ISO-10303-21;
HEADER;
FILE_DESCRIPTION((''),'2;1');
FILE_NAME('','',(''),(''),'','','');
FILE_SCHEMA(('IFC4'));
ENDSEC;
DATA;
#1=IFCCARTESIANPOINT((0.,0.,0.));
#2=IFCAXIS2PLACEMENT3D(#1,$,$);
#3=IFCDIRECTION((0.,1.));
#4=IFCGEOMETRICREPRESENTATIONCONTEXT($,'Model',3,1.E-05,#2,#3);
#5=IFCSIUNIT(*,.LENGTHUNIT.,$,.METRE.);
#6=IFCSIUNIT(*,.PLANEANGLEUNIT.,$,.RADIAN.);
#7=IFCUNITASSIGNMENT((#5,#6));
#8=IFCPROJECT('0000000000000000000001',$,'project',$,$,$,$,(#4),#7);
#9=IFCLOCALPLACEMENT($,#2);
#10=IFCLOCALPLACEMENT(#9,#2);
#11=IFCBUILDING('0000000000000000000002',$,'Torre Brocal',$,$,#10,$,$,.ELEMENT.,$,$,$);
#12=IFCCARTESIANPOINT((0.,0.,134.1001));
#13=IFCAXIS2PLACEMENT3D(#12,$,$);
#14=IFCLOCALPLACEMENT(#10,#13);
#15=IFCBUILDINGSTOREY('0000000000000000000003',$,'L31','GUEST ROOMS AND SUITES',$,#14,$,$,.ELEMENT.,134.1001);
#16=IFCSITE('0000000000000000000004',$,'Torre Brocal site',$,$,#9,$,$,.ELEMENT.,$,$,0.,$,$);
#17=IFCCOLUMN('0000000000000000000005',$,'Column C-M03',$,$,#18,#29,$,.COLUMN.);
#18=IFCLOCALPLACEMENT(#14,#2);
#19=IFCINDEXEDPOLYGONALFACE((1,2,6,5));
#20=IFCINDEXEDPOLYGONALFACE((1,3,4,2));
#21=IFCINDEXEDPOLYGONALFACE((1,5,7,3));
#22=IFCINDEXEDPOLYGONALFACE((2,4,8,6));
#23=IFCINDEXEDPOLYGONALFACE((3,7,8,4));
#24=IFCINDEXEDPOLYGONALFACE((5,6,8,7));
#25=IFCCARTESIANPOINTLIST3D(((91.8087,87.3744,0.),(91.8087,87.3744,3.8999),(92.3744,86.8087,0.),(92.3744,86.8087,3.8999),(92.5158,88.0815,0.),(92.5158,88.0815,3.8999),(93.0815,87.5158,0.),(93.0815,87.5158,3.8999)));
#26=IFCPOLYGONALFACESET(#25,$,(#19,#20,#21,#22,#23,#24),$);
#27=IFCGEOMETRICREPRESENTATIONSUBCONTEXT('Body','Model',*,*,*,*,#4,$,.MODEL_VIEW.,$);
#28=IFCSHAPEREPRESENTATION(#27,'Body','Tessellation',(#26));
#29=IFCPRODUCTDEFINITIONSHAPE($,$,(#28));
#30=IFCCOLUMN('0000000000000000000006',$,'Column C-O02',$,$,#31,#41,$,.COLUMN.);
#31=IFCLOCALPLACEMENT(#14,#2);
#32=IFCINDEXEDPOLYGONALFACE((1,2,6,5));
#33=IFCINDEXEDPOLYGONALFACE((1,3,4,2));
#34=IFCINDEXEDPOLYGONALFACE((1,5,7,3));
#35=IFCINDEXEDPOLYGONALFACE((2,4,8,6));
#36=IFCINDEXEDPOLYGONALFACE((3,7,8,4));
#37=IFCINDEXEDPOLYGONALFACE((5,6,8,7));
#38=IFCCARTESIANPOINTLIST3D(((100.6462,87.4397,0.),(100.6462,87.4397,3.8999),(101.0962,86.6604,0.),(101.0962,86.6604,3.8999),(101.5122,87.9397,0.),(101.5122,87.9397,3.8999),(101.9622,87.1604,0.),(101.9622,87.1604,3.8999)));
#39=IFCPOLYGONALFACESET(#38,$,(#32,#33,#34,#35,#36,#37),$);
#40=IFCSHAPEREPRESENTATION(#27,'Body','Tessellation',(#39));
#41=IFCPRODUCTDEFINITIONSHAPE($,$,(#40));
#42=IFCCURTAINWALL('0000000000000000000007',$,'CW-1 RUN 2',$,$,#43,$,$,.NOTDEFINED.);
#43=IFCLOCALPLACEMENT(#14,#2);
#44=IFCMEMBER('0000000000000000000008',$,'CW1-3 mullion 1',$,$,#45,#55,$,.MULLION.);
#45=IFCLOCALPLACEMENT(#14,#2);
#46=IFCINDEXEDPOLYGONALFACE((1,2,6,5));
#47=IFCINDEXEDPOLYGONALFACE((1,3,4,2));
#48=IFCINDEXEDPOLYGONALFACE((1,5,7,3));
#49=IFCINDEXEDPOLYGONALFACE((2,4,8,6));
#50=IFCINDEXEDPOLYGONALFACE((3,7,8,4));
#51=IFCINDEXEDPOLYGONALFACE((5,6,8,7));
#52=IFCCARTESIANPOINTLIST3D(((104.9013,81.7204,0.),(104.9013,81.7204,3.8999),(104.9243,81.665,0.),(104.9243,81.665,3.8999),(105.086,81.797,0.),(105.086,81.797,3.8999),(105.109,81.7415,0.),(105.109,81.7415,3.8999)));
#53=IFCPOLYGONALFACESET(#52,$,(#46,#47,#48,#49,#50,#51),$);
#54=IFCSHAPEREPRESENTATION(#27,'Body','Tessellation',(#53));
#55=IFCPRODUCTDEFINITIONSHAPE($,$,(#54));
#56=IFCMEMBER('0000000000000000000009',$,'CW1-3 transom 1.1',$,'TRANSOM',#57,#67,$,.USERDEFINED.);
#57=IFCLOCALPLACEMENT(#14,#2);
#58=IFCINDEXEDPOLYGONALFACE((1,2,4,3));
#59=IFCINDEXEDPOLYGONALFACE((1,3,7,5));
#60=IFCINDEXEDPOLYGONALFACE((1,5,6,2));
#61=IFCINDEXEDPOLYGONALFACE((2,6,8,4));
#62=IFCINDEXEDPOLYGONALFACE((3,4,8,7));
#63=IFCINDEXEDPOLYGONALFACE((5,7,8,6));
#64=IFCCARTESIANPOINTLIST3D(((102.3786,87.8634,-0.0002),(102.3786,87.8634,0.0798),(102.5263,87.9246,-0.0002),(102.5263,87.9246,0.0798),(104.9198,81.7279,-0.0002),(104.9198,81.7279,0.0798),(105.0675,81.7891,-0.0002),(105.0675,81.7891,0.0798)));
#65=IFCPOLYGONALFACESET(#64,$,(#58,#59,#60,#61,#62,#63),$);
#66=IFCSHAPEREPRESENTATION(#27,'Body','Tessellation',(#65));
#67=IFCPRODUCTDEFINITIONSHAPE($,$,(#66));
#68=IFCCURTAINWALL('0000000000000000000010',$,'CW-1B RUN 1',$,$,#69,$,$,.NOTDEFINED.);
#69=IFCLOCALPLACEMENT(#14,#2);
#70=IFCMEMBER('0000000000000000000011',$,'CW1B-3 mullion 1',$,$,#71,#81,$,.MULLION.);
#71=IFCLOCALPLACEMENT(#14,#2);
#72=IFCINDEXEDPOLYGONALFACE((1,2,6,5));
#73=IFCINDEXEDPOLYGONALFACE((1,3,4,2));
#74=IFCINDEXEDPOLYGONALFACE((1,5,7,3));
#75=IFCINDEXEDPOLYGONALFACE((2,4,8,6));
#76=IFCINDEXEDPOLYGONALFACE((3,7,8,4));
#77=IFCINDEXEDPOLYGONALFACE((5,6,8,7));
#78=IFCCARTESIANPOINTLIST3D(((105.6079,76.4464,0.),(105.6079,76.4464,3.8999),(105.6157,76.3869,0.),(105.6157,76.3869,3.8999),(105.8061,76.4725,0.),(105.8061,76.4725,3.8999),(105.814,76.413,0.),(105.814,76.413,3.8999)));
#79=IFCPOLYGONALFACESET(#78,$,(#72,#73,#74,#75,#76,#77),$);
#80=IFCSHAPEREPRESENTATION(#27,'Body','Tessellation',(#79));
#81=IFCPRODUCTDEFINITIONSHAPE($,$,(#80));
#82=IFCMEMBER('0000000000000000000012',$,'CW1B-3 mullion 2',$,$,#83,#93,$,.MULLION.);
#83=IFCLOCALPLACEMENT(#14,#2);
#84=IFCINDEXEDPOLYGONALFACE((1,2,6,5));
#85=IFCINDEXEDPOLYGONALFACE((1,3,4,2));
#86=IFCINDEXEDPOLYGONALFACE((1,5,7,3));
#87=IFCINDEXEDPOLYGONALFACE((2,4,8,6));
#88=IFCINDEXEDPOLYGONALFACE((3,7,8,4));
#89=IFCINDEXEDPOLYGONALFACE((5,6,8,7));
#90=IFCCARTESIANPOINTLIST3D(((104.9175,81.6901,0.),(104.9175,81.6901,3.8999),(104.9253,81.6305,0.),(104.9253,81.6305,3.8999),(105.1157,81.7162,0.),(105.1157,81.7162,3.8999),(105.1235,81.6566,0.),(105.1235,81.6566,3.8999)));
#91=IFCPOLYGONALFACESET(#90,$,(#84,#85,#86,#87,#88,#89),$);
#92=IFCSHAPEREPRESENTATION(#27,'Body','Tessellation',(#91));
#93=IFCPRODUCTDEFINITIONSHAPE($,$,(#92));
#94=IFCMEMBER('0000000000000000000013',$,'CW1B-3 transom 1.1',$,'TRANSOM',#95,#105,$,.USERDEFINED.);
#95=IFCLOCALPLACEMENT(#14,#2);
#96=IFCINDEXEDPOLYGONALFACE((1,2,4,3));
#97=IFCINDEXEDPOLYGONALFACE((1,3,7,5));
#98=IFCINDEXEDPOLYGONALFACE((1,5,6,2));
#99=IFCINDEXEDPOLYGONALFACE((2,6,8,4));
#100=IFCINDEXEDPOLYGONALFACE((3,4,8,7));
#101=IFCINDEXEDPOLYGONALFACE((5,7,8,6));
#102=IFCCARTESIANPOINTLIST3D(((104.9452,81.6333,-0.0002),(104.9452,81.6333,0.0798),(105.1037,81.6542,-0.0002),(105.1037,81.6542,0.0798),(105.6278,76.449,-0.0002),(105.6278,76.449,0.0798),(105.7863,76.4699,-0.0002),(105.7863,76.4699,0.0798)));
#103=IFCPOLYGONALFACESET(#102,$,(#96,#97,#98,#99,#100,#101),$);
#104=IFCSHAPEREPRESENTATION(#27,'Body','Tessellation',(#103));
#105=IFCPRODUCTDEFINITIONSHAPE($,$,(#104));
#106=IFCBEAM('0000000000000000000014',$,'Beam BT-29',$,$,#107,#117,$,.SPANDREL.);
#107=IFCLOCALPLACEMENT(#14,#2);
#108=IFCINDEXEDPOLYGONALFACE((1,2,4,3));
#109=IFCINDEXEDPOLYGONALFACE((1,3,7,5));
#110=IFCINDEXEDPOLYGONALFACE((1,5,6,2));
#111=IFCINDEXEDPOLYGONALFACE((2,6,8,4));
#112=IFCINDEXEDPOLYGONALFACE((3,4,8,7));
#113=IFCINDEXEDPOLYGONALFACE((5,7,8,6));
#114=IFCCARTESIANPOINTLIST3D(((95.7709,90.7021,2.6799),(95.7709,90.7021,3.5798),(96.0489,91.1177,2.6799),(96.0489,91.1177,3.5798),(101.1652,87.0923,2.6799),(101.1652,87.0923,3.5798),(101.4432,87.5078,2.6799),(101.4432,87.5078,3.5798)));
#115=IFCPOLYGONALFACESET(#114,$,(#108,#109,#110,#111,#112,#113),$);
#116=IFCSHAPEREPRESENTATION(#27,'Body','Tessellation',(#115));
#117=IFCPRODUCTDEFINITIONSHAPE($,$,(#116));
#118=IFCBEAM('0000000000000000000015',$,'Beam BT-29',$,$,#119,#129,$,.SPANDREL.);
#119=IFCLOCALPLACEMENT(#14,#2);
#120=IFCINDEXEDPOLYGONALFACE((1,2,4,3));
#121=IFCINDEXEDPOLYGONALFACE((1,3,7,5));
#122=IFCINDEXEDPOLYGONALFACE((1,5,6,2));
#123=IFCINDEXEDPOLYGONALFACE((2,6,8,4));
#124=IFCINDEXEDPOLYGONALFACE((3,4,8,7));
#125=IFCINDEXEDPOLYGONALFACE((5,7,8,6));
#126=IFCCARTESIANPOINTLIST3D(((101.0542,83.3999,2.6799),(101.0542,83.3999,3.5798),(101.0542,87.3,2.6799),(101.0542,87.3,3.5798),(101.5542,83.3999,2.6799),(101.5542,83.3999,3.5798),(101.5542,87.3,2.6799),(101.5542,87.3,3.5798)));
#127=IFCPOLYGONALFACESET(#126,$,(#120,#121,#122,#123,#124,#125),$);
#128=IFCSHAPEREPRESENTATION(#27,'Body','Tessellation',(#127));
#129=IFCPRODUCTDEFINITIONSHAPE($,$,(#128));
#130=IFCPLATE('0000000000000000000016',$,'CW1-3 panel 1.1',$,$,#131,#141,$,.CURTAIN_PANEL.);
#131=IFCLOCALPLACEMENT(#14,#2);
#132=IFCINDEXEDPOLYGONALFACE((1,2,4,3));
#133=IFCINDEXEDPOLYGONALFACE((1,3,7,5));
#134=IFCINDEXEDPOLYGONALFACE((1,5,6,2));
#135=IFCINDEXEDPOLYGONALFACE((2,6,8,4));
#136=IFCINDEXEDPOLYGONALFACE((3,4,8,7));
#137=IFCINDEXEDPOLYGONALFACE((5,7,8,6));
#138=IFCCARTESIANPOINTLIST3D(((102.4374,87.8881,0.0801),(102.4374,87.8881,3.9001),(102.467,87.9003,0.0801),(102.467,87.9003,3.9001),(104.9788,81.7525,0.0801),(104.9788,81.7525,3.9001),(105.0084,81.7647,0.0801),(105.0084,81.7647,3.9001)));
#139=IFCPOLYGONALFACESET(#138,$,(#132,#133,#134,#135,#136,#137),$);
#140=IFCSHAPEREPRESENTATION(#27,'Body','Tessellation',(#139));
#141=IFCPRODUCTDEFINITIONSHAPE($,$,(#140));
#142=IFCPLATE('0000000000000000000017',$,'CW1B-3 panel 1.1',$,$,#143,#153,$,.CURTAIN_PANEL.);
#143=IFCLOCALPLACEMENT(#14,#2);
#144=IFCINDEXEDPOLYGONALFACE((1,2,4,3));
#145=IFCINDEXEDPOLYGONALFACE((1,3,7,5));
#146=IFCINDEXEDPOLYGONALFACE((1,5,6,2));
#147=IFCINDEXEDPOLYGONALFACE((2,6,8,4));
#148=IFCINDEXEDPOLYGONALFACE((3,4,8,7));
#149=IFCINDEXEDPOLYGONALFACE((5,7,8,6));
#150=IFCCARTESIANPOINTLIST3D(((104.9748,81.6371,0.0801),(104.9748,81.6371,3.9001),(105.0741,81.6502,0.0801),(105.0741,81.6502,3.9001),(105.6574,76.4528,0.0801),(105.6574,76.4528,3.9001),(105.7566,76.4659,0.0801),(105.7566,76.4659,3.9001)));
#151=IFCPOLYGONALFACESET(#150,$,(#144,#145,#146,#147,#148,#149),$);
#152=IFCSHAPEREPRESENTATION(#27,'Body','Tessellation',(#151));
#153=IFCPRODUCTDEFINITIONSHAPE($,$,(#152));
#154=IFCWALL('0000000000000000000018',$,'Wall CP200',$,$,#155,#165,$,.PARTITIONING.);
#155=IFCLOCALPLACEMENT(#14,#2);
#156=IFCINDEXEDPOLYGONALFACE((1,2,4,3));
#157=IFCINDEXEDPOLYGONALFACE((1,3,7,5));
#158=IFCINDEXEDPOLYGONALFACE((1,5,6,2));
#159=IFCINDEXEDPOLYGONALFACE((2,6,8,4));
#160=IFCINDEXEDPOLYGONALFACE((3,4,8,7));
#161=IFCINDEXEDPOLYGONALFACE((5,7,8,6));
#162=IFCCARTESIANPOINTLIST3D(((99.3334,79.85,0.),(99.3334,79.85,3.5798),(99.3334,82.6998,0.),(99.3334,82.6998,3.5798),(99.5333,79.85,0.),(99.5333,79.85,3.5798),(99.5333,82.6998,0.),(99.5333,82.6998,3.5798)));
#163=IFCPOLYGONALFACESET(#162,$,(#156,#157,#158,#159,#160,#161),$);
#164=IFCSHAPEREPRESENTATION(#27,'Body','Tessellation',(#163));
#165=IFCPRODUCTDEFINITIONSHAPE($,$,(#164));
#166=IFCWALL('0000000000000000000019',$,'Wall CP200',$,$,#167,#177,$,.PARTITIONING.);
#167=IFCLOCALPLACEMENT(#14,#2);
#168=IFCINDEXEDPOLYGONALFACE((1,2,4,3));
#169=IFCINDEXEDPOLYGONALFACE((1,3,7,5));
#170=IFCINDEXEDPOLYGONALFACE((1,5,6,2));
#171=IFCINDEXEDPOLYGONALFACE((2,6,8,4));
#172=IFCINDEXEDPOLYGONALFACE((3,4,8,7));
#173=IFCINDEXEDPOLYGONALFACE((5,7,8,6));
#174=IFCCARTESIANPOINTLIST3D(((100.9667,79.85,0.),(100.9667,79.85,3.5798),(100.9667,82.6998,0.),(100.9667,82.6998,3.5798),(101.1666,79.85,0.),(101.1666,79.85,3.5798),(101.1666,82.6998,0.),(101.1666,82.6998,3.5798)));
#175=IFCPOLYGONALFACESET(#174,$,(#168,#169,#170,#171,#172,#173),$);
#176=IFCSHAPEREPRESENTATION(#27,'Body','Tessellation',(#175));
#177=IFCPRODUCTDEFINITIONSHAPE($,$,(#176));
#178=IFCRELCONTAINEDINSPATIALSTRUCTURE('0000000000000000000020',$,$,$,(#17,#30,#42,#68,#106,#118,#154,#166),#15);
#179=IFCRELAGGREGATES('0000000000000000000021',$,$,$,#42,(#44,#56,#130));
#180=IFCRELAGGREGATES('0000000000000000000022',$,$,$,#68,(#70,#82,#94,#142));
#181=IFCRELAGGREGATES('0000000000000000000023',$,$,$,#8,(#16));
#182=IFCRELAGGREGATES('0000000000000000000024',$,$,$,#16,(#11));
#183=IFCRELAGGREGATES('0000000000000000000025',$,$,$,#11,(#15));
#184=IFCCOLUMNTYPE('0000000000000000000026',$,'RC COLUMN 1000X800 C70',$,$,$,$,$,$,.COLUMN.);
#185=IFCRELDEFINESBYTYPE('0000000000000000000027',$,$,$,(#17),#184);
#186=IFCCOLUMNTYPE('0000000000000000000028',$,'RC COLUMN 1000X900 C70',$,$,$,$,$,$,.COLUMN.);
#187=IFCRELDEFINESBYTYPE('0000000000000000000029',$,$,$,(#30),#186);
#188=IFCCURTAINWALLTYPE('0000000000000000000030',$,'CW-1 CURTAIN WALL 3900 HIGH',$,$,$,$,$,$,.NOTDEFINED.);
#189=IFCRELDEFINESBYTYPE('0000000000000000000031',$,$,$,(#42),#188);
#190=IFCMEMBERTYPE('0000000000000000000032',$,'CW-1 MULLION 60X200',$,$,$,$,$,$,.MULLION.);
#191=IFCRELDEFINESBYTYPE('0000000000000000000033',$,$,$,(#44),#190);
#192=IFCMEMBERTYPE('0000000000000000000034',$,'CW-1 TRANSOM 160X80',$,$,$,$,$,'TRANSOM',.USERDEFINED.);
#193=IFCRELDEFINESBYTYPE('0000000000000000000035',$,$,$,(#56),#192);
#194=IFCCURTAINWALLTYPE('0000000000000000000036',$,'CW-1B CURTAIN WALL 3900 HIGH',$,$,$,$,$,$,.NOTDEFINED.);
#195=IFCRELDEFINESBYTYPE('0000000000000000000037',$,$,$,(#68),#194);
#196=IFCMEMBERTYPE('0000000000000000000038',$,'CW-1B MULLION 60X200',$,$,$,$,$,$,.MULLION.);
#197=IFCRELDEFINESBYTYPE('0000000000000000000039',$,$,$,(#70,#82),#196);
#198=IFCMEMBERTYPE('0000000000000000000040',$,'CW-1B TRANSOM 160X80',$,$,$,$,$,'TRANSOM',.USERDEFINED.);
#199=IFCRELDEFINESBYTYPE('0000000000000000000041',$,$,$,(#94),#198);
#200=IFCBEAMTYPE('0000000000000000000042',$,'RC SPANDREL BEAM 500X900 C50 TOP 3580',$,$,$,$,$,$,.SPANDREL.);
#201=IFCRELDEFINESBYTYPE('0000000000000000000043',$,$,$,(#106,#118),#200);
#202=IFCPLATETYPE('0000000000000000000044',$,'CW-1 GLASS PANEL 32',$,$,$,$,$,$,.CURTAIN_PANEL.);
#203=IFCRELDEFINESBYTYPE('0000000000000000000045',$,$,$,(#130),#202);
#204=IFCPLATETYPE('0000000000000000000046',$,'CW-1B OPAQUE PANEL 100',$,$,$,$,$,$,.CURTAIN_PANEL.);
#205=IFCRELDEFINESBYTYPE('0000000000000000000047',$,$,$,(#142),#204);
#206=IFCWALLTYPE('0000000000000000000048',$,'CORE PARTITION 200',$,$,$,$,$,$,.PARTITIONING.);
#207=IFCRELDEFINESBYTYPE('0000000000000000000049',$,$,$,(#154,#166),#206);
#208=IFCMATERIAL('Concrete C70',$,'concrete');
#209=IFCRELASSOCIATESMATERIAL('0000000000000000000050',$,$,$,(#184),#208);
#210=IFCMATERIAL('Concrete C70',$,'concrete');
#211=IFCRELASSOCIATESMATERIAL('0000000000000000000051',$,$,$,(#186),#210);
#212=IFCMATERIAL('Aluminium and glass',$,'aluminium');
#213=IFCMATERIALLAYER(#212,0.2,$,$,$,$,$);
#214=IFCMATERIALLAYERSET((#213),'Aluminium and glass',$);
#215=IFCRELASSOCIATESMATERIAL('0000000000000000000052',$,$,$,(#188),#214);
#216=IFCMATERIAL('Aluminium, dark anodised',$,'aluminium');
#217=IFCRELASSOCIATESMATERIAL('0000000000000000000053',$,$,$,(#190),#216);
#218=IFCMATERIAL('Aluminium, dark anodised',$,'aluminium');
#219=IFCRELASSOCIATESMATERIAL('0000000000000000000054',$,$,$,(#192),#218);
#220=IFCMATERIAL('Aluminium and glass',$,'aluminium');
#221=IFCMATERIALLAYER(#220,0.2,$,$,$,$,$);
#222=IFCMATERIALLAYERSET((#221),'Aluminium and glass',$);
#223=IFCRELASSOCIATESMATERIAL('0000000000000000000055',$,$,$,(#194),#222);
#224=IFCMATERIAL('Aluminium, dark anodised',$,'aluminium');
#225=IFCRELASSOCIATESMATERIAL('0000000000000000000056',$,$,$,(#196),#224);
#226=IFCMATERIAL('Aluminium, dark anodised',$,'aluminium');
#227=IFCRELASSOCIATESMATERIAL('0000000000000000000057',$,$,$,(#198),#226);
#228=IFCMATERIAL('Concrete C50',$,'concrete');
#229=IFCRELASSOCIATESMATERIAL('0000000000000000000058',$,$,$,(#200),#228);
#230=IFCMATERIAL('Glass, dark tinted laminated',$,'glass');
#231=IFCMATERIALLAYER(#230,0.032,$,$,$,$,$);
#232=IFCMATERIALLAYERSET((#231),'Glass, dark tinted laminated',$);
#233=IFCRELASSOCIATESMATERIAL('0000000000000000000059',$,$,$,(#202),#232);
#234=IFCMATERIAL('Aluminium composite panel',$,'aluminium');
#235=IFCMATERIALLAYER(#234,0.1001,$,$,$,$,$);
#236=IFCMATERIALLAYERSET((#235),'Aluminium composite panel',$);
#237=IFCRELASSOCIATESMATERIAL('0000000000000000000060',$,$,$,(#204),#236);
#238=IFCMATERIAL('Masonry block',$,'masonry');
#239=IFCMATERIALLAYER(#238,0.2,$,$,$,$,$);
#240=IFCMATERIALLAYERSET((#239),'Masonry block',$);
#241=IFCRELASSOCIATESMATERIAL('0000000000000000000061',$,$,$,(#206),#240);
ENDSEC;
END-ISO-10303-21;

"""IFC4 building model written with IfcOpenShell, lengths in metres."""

from ifc_helpers import new_model, si_unit, direction, frame, frame_2d, origin, origin_2d, place, context, subcontext, project, spatial, rectangle, extrude, material, layer, layer_set, material_profile, profile_set, type_object, element, aggregate, save


model = new_model("IFC4")

# Units and contexts
model_context = context("Model", 3, precision=1e-05, world=origin(), true_north=direction((0.0, 1.0)))
body_context = subcontext(model_context, "Body", "Model", "MODEL_VIEW")
ifc_project = project(units=[si_unit("LENGTHUNIT", "METRE"), si_unit("PLANEANGLEUNIT", "RADIAN")], contexts=[model_context])

# Site, building, storey
site_placement = place(None, origin())
site = spatial("IfcSite", under=ifc_project, at=site_placement, Name="Torre Brocal site", CompositionType="ELEMENT", RefElevation=0.0)
building_placement = place(site_placement, origin())
building = spatial("IfcBuilding", under=site, at=building_placement, Name="Torre Brocal", CompositionType="ELEMENT")
storey_placement = place(building_placement, frame((0.0, 0.0, 134.1001)))
storey = spatial("IfcBuildingStorey", under=building, at=storey_placement, Name="L31", Description="GUEST ROOMS AND SUITES", CompositionType="ELEMENT", Elevation=134.1001)

# Columns
ifc_material_1 = material(Name="Concrete C70", Category="concrete")
ifc_material_profile_1 = material_profile(ifc_material_1, rectangle(XDim=1.0, YDim=0.8, at=origin_2d()), Name="RC 1000X800")
ifc_profile_set_1 = profile_set([ifc_material_profile_1], Name="Concrete C70")
column_type_1 = type_object("IfcColumnType", Name="RC COLUMN 1000X800 C70", PredefinedType="COLUMN", material=ifc_profile_set_1)
column_1_placement = place(storey_placement, frame((92.4451, 87.4451, 0.0), z_axis=(0.0, 0.0, 1.0), x_axis=(0.707107, 0.707107, 0.0)))
element("IfcColumn", 1, at=column_1_placement, inside=storey, type_object=column_type_1, Name="Column C-M03", PredefinedType="COLUMN", context=body_context, shape_type="SweptSolid", body=[
    extrude(rectangle(XDim=1.0, YDim=0.8, at=origin_2d()), origin(), (0.0, 0.0, 1.0), 3.8999),
])
ifc_material_2 = material(Name="Concrete C70", Category="concrete")
ifc_material_profile_2 = material_profile(ifc_material_2, rectangle(XDim=1.0, YDim=0.8999, at=origin_2d()), Name="RC 1000X900")
ifc_profile_set_2 = profile_set([ifc_material_profile_2], Name="Concrete C70")
column_type_2 = type_object("IfcColumnType", Name="RC COLUMN 1000X900 C70", PredefinedType="COLUMN", material=ifc_profile_set_2)
column_2_placement = place(storey_placement, frame((101.3042, 87.3, 0.0), z_axis=(0.0, 0.0, 1.0), x_axis=(0.866025, 0.5, 0.0)))
element("IfcColumn", 2, at=column_2_placement, inside=storey, type_object=column_type_2, Name="Column C-O02", PredefinedType="COLUMN", context=body_context, shape_type="SweptSolid", body=[
    extrude(rectangle(XDim=1.0, YDim=0.8999, at=origin_2d()), origin(), (0.0, 0.0, 1.0), 3.8999),
])

# Curtain walls, members
ifc_material_3 = material(Name="Aluminium and glass", Category="aluminium")
ifc_layer_1 = layer(ifc_material_3, 0.2)
ifc_layer_set_1 = layer_set([ifc_layer_1], Name="Aluminium and glass")
curtain_wall_type_1 = type_object("IfcCurtainWallType", Name="CW-1 CURTAIN WALL 3900 HIGH", PredefinedType="NOTDEFINED", material=ifc_layer_set_1)
curtain_wall_1_placement = place(storey_placement, origin())
curtain_wall_1 = element("IfcCurtainWall", 3, at=curtain_wall_1_placement, inside=storey, type_object=curtain_wall_type_1, Name="CW-1 RUN 2", PredefinedType="NOTDEFINED")
ifc_material_4 = material(Name="Aluminium, dark anodised", Category="aluminium")
ifc_material_profile_3 = material_profile(ifc_material_4, rectangle(XDim=0.2, YDim=0.0601, at=origin_2d()), Name="CW-1 MULLION 60X200")
ifc_profile_set_3 = profile_set([ifc_material_profile_3], Name="Aluminium, dark anodised")
member_type_1 = type_object("IfcMemberType", Name="CW-1 MULLION 60X200", PredefinedType="MULLION", material=ifc_profile_set_3)
member_1_placement = place(storey_placement, frame((105.0051, 81.731, 0.0), z_axis=(0.0, 0.0, 1.0), x_axis=(-0.92388, -0.382683, 0.0)))
member_1 = element("IfcMember", 4, at=member_1_placement, type_object=member_type_1, Name="CW1-3 mullion 1", PredefinedType="MULLION", context=body_context, shape_type="SweptSolid", body=[
    extrude(rectangle(XDim=0.2, YDim=0.0601, at=origin_2d()), origin(), (0.0, 0.0, 1.0), 3.8999),
])
ifc_material_5 = material(Name="Aluminium, dark anodised", Category="aluminium")
ifc_material_profile_4 = material_profile(ifc_material_5, rectangle(XDim=0.1599, YDim=0.0801, at=origin_2d()), Name="CW-1 TRANSOM 160X80")
ifc_profile_set_4 = profile_set([ifc_material_profile_4], Name="Aluminium, dark anodised")
member_type_2 = type_object("IfcMemberType", Name="CW-1 TRANSOM 160X80", ElementType="TRANSOM", PredefinedType="USERDEFINED", material=ifc_profile_set_4)
member_2_placement = place(storey_placement, frame((104.9937, 81.7585, 0.0398), z_axis=(-0.382665, 0.923887, 0.0), x_axis=(-0.923887, -0.382665, 0.0)))
member_2 = element("IfcMember", 5, at=member_2_placement, type_object=member_type_2, Name="CW1-3 transom 1.1", ObjectType="TRANSOM", PredefinedType="USERDEFINED", context=body_context, shape_type="SweptSolid", body=[
    extrude(rectangle(XDim=0.1599, YDim=0.0801, at=origin_2d()), origin(), (0.0, 0.0, 1.0), 6.6409),
])
ifc_material_6 = material(Name="Aluminium and glass", Category="aluminium")
ifc_layer_2 = layer(ifc_material_6, 0.2)
ifc_layer_set_2 = layer_set([ifc_layer_2], Name="Aluminium and glass")
curtain_wall_type_2 = type_object("IfcCurtainWallType", Name="CW-1B CURTAIN WALL 3900 HIGH", PredefinedType="NOTDEFINED", material=ifc_layer_set_2)
curtain_wall_2_placement = place(storey_placement, origin())
curtain_wall_2 = element("IfcCurtainWall", 6, at=curtain_wall_2_placement, inside=storey, type_object=curtain_wall_type_2, Name="CW-1B RUN 1", PredefinedType="NOTDEFINED")
ifc_material_7 = material(Name="Aluminium, dark anodised", Category="aluminium")
ifc_material_profile_5 = material_profile(ifc_material_7, rectangle(XDim=0.2, YDim=0.0601, at=origin_2d()), Name="CW-1B MULLION 60X200")
ifc_profile_set_5 = profile_set([ifc_material_profile_5], Name="Aluminium, dark anodised")
member_type_3 = type_object("IfcMemberType", Name="CW-1B MULLION 60X200", PredefinedType="MULLION", material=ifc_profile_set_5)
member_3_placement = place(storey_placement, frame((105.7109, 76.4297, 0.0), z_axis=(0.0, 0.0, 1.0), x_axis=(-0.991445, -0.130526, 0.0)))
member_3 = element("IfcMember", 7, at=member_3_placement, type_object=member_type_3, Name="CW1B-3 mullion 1", PredefinedType="MULLION", context=body_context, shape_type="SweptSolid", body=[
    extrude(rectangle(XDim=0.2, YDim=0.0601, at=origin_2d()), origin(), (0.0, 0.0, 1.0), 3.8999),
])
member_4_placement = place(storey_placement, frame((105.0205, 81.6733, 0.0), z_axis=(0.0, 0.0, 1.0), x_axis=(-0.991445, -0.130526, 0.0)))
member_4 = element("IfcMember", 8, at=member_4_placement, type_object=member_type_3, Name="CW1B-3 mullion 2", PredefinedType="MULLION", context=body_context, shape_type="SweptSolid", body=[
    extrude(rectangle(XDim=0.2, YDim=0.0601, at=origin_2d()), origin(), (0.0, 0.0, 1.0), 3.8999),
])
ifc_material_8 = material(Name="Aluminium, dark anodised", Category="aluminium")
ifc_material_profile_6 = material_profile(ifc_material_8, rectangle(XDim=0.1599, YDim=0.0801, at=origin_2d()), Name="CW-1B TRANSOM 160X80")
ifc_profile_set_6 = profile_set([ifc_material_profile_6], Name="Aluminium, dark anodised")
member_type_4 = type_object("IfcMemberType", Name="CW-1B TRANSOM 160X80", ElementType="TRANSOM", PredefinedType="USERDEFINED", material=ifc_profile_set_6)
member_5_placement = place(storey_placement, frame((105.707, 76.4595, 0.0398), z_axis=(-0.130543, 0.991443, 0.0), x_axis=(-0.991443, -0.130543, 0.0)))
member_5 = element("IfcMember", 9, at=member_5_placement, type_object=member_type_4, Name="CW1B-3 transom 1.1", ObjectType="TRANSOM", PredefinedType="USERDEFINED", context=body_context, shape_type="SweptSolid", body=[
    extrude(rectangle(XDim=0.1599, YDim=0.0801, at=origin_2d()), origin(), (0.0, 0.0, 1.0), 5.229),
])

# Beams
ifc_material_9 = material(Name="Concrete C50", Category="concrete")
ifc_material_profile_7 = material_profile(ifc_material_9, rectangle(XDim=0.5, YDim=0.8999, at=origin_2d()), Name="RC 500X900")
ifc_profile_set_7 = profile_set([ifc_material_profile_7], Name="Concrete C50")
beam_type = type_object("IfcBeamType", Name="RC SPANDREL BEAM 500X900 C50 TOP 3580", PredefinedType="SPANDREL", material=ifc_profile_set_7)
beam_1_placement = place(storey_placement, frame((101.3042, 87.3, 3.1299), z_axis=(-0.831077, 0.556158, 0.0), x_axis=(-0.556158, -0.831077, 0.0)))
element("IfcBeam", 10, at=beam_1_placement, inside=storey, type_object=beam_type, Name="Beam BT-29", PredefinedType="SPANDREL", context=body_context, shape_type="SweptSolid", body=[
    extrude(rectangle(XDim=0.5, YDim=0.8999, at=origin_2d()), origin(), (0.0, 0.0, 1.0), 6.4907),
])
beam_2_placement = place(storey_placement, frame((101.3042, 87.3, 3.1299), z_axis=(0.0, -1.0, 0.0), x_axis=(1.0, 0.0, 0.0)))
element("IfcBeam", 11, at=beam_2_placement, inside=storey, type_object=beam_type, Name="Beam BT-29", PredefinedType="SPANDREL", context=body_context, shape_type="SweptSolid", body=[
    extrude(rectangle(XDim=0.5, YDim=0.8999, at=origin_2d()), origin(), (0.0, 0.0, 1.0), 3.9001),
])

# Plates
ifc_material_10 = material(Name="Glass, dark tinted laminated", Category="glass")
ifc_layer_3 = layer(ifc_material_10, 0.032)
ifc_layer_set_3 = layer_set([ifc_layer_3], Name="Glass, dark tinted laminated")
plate_type_1 = type_object("IfcPlateType", Name="CW-1 GLASS PANEL 32", PredefinedType="CURTAIN_PANEL", material=ifc_layer_set_3)
plate_1_placement = place(storey_placement, frame((103.7229, 84.8264, 0.0801), z_axis=(0.0, 0.0, 1.0), x_axis=(-0.382683, 0.92388, 0.0)))
plate_1 = element("IfcPlate", 12, at=plate_1_placement, type_object=plate_type_1, Name="CW1-3 panel 1.1", PredefinedType="CURTAIN_PANEL", context=body_context, shape_type="SweptSolid", body=[
    extrude(rectangle(XDim=6.6411, YDim=0.032, at=origin_2d()), origin(), (0.0, 0.0, 1.0), 3.8201),
])
aggregate(curtain_wall_1, [member_1, member_2, plate_1])
ifc_material_11 = material(Name="Aluminium composite panel", Category="aluminium")
ifc_layer_4 = layer(ifc_material_11, 0.1001)
ifc_layer_set_4 = layer_set([ifc_layer_4], Name="Aluminium composite panel")
plate_type_2 = type_object("IfcPlateType", Name="CW-1B OPAQUE PANEL 100", PredefinedType="CURTAIN_PANEL", material=ifc_layer_set_4)
plate_2_placement = place(storey_placement, frame((105.3657, 79.0515, 0.0801), z_axis=(0.0, 0.0, 1.0), x_axis=(-0.130526, 0.991445, 0.0)))
plate_2 = element("IfcPlate", 13, at=plate_2_placement, type_object=plate_type_2, Name="CW1B-3 panel 1.1", PredefinedType="CURTAIN_PANEL", context=body_context, shape_type="SweptSolid", body=[
    extrude(rectangle(XDim=5.229, YDim=0.1001, at=origin_2d()), origin(), (0.0, 0.0, 1.0), 3.8201),
])
aggregate(curtain_wall_2, [member_3, member_4, member_5, plate_2])

# Walls
ifc_material_12 = material(Name="Masonry block", Category="masonry")
ifc_layer_5 = layer(ifc_material_12, 0.2)
ifc_layer_set_5 = layer_set([ifc_layer_5], Name="Masonry block")
wall_type_1 = type_object("IfcWallType", Name="CORE PARTITION 200", PredefinedType="PARTITIONING", material=ifc_layer_set_5)
for number, where, z_axis, x_axis, name in (
    (14, (99.4333, 79.8501, 0.0), (0.0, 0.0, 1.0), (0.0, 1.0, 0.0), "Wall CP200"),
    (15, (101.0667, 79.8501, 0.0), (0.0, 0.0, 1.0), (0.0, 1.0, 0.0), "Wall CP200"),
):
    element("IfcWall", number, at=place(storey_placement, frame(where, z_axis=z_axis, x_axis=x_axis)), inside=storey, type_object=wall_type_1, Name=name, PredefinedType="PARTITIONING", context=body_context, shape_type="SweptSolid", body=[
        extrude(rectangle(XDim=2.8499, YDim=0.2, at=frame_2d((1.4248, 0.0))), origin(), (0.0, 0.0, 1.0), 3.5798),
    ])

save(model, "model.ifc")
